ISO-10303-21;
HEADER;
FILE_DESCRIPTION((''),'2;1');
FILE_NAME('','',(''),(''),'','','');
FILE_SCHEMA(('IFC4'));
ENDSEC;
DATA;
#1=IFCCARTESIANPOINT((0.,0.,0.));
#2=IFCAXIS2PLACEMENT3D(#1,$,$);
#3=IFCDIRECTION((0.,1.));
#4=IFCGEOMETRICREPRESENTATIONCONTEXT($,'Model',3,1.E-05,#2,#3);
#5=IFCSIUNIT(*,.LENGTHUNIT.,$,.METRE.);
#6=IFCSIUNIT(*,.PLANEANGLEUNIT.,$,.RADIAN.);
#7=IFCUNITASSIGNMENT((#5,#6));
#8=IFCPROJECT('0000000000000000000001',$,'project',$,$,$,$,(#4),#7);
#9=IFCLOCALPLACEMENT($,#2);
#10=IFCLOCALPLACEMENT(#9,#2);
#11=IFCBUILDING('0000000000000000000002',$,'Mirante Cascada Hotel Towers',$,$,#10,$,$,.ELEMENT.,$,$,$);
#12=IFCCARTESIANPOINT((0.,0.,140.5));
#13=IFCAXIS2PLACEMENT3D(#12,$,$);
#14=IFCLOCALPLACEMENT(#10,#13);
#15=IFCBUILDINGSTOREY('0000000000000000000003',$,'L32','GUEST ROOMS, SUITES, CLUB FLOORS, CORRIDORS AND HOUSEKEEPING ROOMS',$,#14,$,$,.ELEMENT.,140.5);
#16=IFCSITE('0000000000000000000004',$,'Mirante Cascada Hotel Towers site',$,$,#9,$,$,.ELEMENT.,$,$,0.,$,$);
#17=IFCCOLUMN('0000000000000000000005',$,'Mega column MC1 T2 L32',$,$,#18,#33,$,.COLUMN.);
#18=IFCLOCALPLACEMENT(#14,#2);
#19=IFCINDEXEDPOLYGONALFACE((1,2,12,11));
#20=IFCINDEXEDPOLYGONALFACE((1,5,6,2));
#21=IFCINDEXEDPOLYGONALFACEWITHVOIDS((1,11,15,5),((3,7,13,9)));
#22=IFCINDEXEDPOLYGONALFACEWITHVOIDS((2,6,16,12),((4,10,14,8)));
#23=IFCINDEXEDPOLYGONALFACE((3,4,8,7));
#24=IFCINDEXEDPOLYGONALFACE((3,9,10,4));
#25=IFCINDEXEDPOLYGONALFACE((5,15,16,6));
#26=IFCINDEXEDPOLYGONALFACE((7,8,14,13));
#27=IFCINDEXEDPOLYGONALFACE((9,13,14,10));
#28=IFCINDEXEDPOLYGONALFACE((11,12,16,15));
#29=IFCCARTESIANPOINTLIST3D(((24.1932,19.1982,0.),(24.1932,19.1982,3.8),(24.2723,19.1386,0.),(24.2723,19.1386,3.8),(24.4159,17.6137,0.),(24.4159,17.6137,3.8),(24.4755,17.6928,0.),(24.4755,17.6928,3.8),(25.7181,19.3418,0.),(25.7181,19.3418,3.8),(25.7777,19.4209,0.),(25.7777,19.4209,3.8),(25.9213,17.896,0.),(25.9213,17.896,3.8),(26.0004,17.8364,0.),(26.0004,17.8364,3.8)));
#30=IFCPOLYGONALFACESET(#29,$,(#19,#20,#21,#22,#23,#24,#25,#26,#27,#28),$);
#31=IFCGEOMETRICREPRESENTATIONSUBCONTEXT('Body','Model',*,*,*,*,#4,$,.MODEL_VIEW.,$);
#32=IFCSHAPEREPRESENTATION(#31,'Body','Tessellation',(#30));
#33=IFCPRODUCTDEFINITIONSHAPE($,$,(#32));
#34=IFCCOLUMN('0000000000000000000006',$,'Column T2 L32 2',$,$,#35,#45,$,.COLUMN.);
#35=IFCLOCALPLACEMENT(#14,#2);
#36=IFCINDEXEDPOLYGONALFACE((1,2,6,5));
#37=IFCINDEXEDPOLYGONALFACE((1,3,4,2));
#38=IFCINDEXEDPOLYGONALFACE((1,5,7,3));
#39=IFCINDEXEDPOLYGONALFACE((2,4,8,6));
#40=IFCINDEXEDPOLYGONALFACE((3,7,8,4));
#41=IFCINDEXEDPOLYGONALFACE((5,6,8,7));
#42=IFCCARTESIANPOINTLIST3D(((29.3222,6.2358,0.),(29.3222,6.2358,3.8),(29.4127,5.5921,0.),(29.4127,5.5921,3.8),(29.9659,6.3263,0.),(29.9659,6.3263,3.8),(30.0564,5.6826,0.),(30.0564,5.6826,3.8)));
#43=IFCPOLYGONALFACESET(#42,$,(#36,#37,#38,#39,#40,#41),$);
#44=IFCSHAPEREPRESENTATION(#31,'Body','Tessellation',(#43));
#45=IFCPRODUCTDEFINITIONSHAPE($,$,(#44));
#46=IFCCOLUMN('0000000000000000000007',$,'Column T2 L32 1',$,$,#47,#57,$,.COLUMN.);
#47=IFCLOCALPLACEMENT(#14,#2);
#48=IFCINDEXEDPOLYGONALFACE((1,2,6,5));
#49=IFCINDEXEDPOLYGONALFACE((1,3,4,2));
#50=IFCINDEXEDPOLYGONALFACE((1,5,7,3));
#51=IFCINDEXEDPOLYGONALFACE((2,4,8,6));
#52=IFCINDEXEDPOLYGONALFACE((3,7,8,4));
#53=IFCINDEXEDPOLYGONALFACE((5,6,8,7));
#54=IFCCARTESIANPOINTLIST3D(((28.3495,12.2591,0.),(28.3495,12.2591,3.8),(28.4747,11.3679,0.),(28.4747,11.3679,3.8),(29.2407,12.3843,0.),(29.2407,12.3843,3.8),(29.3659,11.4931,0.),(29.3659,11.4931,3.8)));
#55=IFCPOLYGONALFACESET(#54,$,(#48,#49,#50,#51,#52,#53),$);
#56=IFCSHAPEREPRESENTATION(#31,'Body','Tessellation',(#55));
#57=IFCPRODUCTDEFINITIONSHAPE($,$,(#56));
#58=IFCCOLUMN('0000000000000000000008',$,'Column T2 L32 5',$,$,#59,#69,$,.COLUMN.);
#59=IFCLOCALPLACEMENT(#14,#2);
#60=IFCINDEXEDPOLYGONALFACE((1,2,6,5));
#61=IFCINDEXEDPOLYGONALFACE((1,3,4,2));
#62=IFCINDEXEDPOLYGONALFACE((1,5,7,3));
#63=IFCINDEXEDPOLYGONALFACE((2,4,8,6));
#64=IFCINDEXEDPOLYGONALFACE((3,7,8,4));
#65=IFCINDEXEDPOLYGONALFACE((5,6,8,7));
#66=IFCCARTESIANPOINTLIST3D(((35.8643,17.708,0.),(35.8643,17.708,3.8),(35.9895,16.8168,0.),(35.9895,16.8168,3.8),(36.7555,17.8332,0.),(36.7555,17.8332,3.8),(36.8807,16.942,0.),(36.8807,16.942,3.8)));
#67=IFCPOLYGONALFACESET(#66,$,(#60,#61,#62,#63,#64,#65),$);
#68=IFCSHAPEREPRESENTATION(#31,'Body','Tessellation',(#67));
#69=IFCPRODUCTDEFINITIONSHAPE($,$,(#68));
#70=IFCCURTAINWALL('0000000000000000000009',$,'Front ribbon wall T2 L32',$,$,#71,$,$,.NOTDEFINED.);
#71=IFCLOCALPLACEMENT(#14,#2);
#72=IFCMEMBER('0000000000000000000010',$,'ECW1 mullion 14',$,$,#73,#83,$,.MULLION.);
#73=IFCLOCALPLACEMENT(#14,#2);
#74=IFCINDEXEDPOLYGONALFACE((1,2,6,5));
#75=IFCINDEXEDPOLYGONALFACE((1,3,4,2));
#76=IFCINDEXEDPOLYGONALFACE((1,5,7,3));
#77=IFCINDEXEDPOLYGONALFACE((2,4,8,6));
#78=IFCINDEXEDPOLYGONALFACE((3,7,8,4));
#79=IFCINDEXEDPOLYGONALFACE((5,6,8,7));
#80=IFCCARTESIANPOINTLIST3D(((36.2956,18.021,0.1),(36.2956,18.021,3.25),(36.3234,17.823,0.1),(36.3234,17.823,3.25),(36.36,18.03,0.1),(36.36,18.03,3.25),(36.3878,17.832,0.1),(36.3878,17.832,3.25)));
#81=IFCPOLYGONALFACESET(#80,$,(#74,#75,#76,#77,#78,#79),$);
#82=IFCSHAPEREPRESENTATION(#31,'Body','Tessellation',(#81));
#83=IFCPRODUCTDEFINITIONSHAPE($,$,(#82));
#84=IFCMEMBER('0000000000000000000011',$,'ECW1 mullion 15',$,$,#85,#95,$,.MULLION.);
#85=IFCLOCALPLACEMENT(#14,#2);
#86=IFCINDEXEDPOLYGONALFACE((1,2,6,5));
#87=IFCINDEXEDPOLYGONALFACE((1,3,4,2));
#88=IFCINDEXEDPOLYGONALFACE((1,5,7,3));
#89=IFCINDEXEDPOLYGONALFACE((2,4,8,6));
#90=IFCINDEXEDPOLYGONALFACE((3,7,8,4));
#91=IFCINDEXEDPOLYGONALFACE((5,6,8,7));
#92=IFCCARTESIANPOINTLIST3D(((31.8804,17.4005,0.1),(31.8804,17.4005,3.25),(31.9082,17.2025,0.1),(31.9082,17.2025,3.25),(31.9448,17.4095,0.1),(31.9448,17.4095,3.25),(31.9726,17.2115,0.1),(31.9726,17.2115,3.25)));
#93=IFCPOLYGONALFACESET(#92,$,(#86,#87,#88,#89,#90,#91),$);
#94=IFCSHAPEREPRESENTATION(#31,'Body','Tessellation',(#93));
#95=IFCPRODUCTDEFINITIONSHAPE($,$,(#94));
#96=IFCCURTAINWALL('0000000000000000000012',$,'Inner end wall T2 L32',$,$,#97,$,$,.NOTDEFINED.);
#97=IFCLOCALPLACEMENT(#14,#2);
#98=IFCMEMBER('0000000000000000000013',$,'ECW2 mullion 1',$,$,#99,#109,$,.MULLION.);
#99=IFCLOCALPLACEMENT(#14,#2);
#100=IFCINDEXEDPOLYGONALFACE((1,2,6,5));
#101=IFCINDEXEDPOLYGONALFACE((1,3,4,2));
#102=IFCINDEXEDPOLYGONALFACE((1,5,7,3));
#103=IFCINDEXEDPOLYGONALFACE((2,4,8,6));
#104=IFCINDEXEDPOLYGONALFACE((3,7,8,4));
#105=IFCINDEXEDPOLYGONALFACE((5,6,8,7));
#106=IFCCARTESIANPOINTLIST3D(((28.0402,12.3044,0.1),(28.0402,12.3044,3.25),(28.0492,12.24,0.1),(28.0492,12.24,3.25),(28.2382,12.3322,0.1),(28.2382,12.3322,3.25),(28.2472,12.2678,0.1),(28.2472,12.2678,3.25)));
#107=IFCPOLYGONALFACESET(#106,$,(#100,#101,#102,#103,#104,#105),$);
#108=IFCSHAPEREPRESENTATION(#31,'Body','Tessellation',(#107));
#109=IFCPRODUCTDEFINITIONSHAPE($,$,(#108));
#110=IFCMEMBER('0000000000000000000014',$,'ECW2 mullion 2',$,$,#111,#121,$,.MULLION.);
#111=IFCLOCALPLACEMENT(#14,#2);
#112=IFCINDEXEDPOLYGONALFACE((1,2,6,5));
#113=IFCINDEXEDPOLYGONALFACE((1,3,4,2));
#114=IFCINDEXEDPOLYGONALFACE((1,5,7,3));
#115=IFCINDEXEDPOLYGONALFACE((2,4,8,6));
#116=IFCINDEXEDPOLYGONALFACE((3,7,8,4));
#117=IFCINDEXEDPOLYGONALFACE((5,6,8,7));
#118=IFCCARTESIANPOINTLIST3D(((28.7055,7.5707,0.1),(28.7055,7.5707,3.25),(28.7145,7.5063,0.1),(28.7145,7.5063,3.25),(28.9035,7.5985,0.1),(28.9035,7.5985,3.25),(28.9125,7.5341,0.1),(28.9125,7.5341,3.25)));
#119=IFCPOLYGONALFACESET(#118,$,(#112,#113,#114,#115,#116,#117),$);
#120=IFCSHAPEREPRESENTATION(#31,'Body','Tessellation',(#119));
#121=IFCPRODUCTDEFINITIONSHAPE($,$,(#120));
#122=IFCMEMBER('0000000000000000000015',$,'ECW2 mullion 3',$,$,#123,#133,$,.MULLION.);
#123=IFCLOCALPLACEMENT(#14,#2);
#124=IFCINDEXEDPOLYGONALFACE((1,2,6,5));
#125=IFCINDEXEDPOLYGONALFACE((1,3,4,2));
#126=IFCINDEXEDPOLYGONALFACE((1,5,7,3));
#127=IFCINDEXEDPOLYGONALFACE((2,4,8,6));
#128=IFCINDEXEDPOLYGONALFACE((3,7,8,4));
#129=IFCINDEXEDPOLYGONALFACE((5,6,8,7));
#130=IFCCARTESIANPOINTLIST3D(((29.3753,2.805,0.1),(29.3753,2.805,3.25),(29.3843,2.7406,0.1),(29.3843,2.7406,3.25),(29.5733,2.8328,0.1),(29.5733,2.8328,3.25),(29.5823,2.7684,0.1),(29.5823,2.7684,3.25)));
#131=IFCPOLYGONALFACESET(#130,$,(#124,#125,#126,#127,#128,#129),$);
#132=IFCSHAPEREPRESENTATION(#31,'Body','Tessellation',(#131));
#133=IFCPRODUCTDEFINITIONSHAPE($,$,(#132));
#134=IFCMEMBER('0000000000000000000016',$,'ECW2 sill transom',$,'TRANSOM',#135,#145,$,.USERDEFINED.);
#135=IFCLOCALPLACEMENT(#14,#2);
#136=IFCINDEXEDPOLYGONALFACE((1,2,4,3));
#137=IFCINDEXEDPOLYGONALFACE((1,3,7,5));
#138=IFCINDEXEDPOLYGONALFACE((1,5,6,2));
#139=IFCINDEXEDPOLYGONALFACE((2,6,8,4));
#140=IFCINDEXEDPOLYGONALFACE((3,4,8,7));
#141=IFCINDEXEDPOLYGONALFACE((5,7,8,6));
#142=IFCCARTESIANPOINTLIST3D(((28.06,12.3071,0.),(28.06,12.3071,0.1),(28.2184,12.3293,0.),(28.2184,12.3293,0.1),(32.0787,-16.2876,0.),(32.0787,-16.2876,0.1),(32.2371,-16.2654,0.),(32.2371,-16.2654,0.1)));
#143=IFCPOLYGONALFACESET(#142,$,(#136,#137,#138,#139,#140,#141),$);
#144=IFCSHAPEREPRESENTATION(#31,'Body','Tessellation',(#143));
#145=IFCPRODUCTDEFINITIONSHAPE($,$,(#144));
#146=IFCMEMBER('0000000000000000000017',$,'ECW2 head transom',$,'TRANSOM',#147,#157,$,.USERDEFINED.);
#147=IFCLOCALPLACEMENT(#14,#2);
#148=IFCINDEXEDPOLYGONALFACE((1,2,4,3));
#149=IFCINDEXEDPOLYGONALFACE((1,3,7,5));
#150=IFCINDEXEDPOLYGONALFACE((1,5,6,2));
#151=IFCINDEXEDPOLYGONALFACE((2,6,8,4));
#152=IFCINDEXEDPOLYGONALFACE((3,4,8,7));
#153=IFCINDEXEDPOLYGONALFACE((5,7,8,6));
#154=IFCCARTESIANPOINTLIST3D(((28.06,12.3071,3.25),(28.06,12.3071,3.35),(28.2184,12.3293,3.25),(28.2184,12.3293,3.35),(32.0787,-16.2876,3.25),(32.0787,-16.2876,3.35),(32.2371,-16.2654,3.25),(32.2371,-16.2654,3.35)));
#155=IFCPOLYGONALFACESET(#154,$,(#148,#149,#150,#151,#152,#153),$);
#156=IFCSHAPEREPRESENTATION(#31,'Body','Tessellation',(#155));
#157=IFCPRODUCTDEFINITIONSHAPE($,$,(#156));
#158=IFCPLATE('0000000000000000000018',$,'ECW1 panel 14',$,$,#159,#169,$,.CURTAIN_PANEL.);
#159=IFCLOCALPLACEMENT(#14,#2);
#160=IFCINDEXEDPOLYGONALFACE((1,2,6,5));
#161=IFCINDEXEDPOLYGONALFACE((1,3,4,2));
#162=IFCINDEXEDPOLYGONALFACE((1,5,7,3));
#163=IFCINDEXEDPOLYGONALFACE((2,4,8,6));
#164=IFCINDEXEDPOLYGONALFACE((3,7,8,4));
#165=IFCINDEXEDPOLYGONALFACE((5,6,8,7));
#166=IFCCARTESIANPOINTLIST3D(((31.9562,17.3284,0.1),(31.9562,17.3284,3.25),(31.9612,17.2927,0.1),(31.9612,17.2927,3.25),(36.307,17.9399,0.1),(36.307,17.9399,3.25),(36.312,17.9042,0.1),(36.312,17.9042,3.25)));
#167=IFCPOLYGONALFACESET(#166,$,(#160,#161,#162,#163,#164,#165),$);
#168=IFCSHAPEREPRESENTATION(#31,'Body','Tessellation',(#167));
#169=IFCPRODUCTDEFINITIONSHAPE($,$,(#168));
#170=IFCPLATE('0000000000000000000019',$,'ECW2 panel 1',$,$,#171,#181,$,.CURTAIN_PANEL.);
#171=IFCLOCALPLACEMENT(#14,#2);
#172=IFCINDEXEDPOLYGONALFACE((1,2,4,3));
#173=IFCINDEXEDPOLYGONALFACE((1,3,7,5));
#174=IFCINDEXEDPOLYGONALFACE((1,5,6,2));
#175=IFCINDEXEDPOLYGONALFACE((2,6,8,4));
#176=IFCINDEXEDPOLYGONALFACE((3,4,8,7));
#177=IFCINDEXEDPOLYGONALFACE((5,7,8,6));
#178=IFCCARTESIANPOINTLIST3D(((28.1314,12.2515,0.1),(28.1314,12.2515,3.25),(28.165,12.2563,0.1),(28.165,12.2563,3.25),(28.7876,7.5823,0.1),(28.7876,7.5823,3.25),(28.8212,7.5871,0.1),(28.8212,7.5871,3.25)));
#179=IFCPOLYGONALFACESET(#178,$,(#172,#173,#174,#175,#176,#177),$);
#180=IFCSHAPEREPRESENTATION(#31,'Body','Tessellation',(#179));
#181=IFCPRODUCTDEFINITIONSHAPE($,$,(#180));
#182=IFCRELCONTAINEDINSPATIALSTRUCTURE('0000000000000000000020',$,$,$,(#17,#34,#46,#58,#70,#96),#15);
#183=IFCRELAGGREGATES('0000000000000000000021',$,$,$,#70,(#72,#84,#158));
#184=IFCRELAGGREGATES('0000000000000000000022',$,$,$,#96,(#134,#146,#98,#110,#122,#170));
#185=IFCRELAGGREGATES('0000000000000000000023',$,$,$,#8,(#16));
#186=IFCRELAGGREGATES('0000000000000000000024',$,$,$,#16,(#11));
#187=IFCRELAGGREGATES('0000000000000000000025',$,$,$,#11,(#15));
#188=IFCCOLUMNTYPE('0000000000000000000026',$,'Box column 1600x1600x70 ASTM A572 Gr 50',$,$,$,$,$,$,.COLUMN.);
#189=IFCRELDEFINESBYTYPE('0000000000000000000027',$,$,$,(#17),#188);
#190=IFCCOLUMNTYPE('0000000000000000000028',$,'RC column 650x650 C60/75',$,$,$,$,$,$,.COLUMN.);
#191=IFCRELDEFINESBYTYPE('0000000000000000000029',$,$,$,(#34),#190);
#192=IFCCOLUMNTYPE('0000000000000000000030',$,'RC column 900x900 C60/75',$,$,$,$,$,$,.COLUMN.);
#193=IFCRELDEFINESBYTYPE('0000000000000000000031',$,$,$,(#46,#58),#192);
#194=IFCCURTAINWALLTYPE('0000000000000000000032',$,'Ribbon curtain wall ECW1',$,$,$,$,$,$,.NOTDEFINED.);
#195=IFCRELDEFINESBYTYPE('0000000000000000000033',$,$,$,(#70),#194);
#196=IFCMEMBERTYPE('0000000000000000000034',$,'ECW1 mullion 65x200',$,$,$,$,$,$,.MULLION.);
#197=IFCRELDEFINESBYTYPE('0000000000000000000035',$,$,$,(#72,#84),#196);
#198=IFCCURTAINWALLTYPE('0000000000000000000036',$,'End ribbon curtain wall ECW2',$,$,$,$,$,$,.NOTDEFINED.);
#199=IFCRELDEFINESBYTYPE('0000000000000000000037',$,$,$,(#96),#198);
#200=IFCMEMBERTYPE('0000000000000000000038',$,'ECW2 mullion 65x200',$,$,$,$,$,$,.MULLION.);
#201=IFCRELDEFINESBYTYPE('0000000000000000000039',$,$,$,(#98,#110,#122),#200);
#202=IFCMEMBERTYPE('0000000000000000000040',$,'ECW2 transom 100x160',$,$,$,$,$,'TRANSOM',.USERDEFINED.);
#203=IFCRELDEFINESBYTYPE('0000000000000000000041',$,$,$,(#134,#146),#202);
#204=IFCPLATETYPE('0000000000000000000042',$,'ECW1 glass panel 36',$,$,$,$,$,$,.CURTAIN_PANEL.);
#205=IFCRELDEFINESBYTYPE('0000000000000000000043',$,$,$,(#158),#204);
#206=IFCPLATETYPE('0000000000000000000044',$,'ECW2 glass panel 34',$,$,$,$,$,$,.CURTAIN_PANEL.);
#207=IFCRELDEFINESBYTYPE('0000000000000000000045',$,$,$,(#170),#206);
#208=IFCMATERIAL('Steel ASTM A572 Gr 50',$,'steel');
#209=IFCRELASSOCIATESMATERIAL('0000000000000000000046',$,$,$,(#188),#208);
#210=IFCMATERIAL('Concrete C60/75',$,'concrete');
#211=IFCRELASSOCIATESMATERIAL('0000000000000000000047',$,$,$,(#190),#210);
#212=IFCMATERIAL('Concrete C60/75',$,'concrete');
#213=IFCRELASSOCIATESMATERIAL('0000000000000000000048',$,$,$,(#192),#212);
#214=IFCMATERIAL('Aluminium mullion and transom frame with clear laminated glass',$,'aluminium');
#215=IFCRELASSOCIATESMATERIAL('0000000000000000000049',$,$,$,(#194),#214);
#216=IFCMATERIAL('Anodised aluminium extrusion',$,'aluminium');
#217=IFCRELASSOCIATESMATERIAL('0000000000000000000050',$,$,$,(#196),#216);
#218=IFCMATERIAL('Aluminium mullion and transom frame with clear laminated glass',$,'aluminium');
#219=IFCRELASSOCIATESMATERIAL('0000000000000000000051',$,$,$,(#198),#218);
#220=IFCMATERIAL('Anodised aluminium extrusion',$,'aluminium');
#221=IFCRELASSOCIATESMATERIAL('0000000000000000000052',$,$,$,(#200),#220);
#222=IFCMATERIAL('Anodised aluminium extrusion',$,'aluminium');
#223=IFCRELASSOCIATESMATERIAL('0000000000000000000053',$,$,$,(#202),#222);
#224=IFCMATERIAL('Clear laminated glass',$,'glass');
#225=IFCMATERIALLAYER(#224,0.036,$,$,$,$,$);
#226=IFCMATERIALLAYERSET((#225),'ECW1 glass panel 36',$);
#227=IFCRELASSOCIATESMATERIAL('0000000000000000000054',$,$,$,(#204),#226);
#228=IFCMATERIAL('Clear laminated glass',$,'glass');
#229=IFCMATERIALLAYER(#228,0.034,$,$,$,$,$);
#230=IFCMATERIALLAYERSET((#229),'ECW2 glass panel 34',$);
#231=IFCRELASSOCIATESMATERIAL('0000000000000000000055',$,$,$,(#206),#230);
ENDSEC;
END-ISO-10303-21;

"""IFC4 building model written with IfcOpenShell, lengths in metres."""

from ifc_helpers import new_model, si_unit, direction, frame, origin, origin_2d, place, context, subcontext, project, spatial, rectangle, hollow_rectangle, extrude, material, layer, layer_set, material_profile, profile_set, type_object, element, aggregate, save


model = new_model("IFC4")

# Units and contexts
model_context = context("Model", 3, precision=1e-05, world=origin(), true_north=direction((0.0, 1.0)))
body_context = subcontext(model_context, "Body", "Model", "MODEL_VIEW")
ifc_project = project(units=[si_unit("LENGTHUNIT", "METRE"), si_unit("PLANEANGLEUNIT", "RADIAN")], contexts=[model_context])

# Site, building, storey
site_placement = place(None, origin())
site = spatial("IfcSite", under=ifc_project, at=site_placement, Name="Mirante Cascada Hotel Towers site", CompositionType="ELEMENT", RefElevation=0.0)
building_placement = place(site_placement, origin())
building = spatial("IfcBuilding", under=site, at=building_placement, Name="Mirante Cascada Hotel Towers", CompositionType="ELEMENT")
storey_placement = place(building_placement, frame((0.0, 0.0, 140.5)))
storey = spatial("IfcBuildingStorey", under=building, at=storey_placement, Name="L32", Description="GUEST ROOMS, SUITES, CLUB FLOORS, CORRIDORS AND HOUSEKEEPING ROOMS", CompositionType="ELEMENT", Elevation=140.5)

# Columns
ifc_material_1 = material(Name="Steel ASTM A572 Gr 50", Category="steel")
ifc_material_profile_1 = material_profile(ifc_material_1, hollow_rectangle(XDim=1.6, YDim=1.6, WallThickness=0.07, at=origin_2d()), Name="Box column 1600x1600x70 ASTM A572 Gr 50")
ifc_profile_set_1 = profile_set([ifc_material_profile_1], Name="Steel ASTM A572 Gr 50")
column_type_1 = type_object("IfcColumnType", Name="Box column 1600x1600x70 ASTM A572 Gr 50", PredefinedType="COLUMN", material=ifc_profile_set_1)
column_1_placement = place(storey_placement, frame((25.0968, 18.5173, 0.0), z_axis=(0.0, 0.0, 1.0), x_axis=(0.990268, 0.139173, 0.0)))
element("IfcColumn", 1, at=column_1_placement, inside=storey, type_object=column_type_1, Name="Mega column MC1 T2 L32", PredefinedType="COLUMN", context=body_context, shape_type="SweptSolid", body=[
    extrude(hollow_rectangle(XDim=1.6, YDim=1.6, WallThickness=0.07, at=origin_2d()), origin(), (0.0, 0.0, 1.0), 3.8),
])
ifc_material_2 = material(Name="Concrete C60/75", Category="concrete")
ifc_material_profile_2 = material_profile(ifc_material_2, rectangle(XDim=0.65, YDim=0.65, at=origin_2d()), Name="RC column 650x650 C60/75")
ifc_profile_set_2 = profile_set([ifc_material_profile_2], Name="Concrete C60/75")
column_type_2 = type_object("IfcColumnType", Name="RC column 650x650 C60/75", PredefinedType="COLUMN", material=ifc_profile_set_2)
column_2_placement = place(storey_placement, frame((29.6893, 5.9592, 0.0), z_axis=(0.0, 0.0, 1.0), x_axis=(0.990268, 0.139173, 0.0)))
element("IfcColumn", 2, at=column_2_placement, inside=storey, type_object=column_type_2, Name="Column T2 L32 2", PredefinedType="COLUMN", context=body_context, shape_type="SweptSolid", body=[
    extrude(rectangle(XDim=0.65, YDim=0.65, at=origin_2d()), origin(), (0.0, 0.0, 1.0), 3.8),
])
ifc_material_3 = material(Name="Concrete C60/75", Category="concrete")
ifc_material_profile_3 = material_profile(ifc_material_3, rectangle(XDim=0.9, YDim=0.9, at=origin_2d()), Name="RC column 900x900 C60/75")
ifc_profile_set_3 = profile_set([ifc_material_profile_3], Name="Concrete C60/75")
column_type_3 = type_object("IfcColumnType", Name="RC column 900x900 C60/75", PredefinedType="COLUMN", material=ifc_profile_set_3)
for number, where, z_axis, x_axis, name in (
    (3, (28.8577, 11.8761, 0.0), (0.0, 0.0, 1.0), (0.990268, 0.139173, 0.0), "Column T2 L32 1"),
    (4, (36.3725, 17.325, 0.0), (0.0, 0.0, 1.0), (0.990268, 0.139173, 0.0), "Column T2 L32 5"),
):
    element("IfcColumn", number, at=place(storey_placement, frame(where, z_axis=z_axis, x_axis=x_axis)), inside=storey, type_object=column_type_3, Name=name, PredefinedType="COLUMN", context=body_context, shape_type="SweptSolid", body=[
        extrude(rectangle(XDim=0.9, YDim=0.9, at=origin_2d()), origin(), (0.0, 0.0, 1.0), 3.8),
    ])

# Curtain walls, members
ifc_material_4 = material(Name="Aluminium mullion and transom frame with clear laminated glass", Category="aluminium")
curtain_wall_type_1 = type_object("IfcCurtainWallType", Name="Ribbon curtain wall ECW1", PredefinedType="NOTDEFINED", material=ifc_material_4)
curtain_wall_1_placement = place(storey_placement, origin())
curtain_wall_1 = element("IfcCurtainWall", 5, at=curtain_wall_1_placement, inside=storey, type_object=curtain_wall_type_1, Name="Front ribbon wall T2 L32", PredefinedType="NOTDEFINED")
ifc_material_5 = material(Name="Anodised aluminium extrusion", Category="aluminium")
ifc_material_profile_4 = material_profile(ifc_material_5, rectangle(XDim=0.2, YDim=0.065, at=origin_2d()), Name="ECW1 MULLION 65x200")
ifc_profile_set_4 = profile_set([ifc_material_profile_4], Name="Anodised aluminium extrusion")
member_type_1 = type_object("IfcMemberType", Name="ECW1 mullion 65x200", PredefinedType="MULLION", material=ifc_profile_set_4)
member_1_placement = place(storey_placement, frame((36.3417, 17.9265, 0.1), z_axis=(0.0, 0.0, 1.0), x_axis=(0.139173, -0.990268, 0.0)))
member_1 = element("IfcMember", 6, at=member_1_placement, type_object=member_type_1, Name="ECW1 mullion 14", PredefinedType="MULLION", context=body_context, shape_type="SweptSolid", body=[
    extrude(rectangle(XDim=0.2, YDim=0.065, at=origin_2d()), origin(), (0.0, 0.0, 1.0), 3.15),
])
member_2_placement = place(storey_placement, frame((31.9265, 17.306, 0.1), z_axis=(0.0, 0.0, 1.0), x_axis=(0.139173, -0.990268, 0.0)))
member_2 = element("IfcMember", 7, at=member_2_placement, type_object=member_type_1, Name="ECW1 mullion 15", PredefinedType="MULLION", context=body_context, shape_type="SweptSolid", body=[
    extrude(rectangle(XDim=0.2, YDim=0.065, at=origin_2d()), origin(), (0.0, 0.0, 1.0), 3.15),
])
ifc_material_6 = material(Name="Aluminium mullion and transom frame with clear laminated glass", Category="aluminium")
curtain_wall_type_2 = type_object("IfcCurtainWallType", Name="End ribbon curtain wall ECW2", PredefinedType="NOTDEFINED", material=ifc_material_6)
curtain_wall_2_placement = place(storey_placement, origin())
curtain_wall_2 = element("IfcCurtainWall", 8, at=curtain_wall_2_placement, inside=storey, type_object=curtain_wall_type_2, Name="Inner end wall T2 L32", PredefinedType="NOTDEFINED")
ifc_material_7 = material(Name="Anodised aluminium extrusion", Category="aluminium")
ifc_material_profile_5 = material_profile(ifc_material_7, rectangle(XDim=0.2, YDim=0.065, at=origin_2d()), Name="ECW2 MULLION 65x200")
ifc_profile_set_5 = profile_set([ifc_material_profile_5], Name="Anodised aluminium extrusion")
member_type_2 = type_object("IfcMemberType", Name="ECW2 mullion 65x200", PredefinedType="MULLION", material=ifc_profile_set_5)
member_3_placement = place(storey_placement, frame((28.1437, 12.2861, 0.1), z_axis=(0.0, 0.0, 1.0), x_axis=(0.990268, 0.139173, 0.0)))
member_3 = element("IfcMember", 9, at=member_3_placement, type_object=member_type_2, Name="ECW2 mullion 1", PredefinedType="MULLION", context=body_context, shape_type="SweptSolid", body=[
    extrude(rectangle(XDim=0.2, YDim=0.065, at=origin_2d()), origin(), (0.0, 0.0, 1.0), 3.15),
])
member_4_placement = place(storey_placement, frame((28.809, 7.5524, 0.1), z_axis=(0.0, 0.0, 1.0), x_axis=(0.990268, 0.139173, 0.0)))
member_4 = element("IfcMember", 10, at=member_4_placement, type_object=member_type_2, Name="ECW2 mullion 2", PredefinedType="MULLION", context=body_context, shape_type="SweptSolid", body=[
    extrude(rectangle(XDim=0.2, YDim=0.065, at=origin_2d()), origin(), (0.0, 0.0, 1.0), 3.15),
])
member_5_placement = place(storey_placement, frame((29.4788, 2.7867, 0.1), z_axis=(0.0, 0.0, 1.0), x_axis=(0.990268, 0.139173, 0.0)))
member_5 = element("IfcMember", 11, at=member_5_placement, type_object=member_type_2, Name="ECW2 mullion 3", PredefinedType="MULLION", context=body_context, shape_type="SweptSolid", body=[
    extrude(rectangle(XDim=0.2, YDim=0.065, at=origin_2d()), origin(), (0.0, 0.0, 1.0), 3.15),
])
ifc_material_8 = material(Name="Anodised aluminium extrusion", Category="aluminium")
ifc_material_profile_6 = material_profile(ifc_material_8, rectangle(XDim=0.16, YDim=0.1, at=origin_2d()), Name="ECW2 TRANSOM 100x160")
ifc_profile_set_6 = profile_set([ifc_material_profile_6], Name="Anodised aluminium extrusion")
member_type_3 = type_object("IfcMemberType", Name="ECW2 transom 100x160", ElementType="TRANSOM", PredefinedType="USERDEFINED", material=ifc_profile_set_6)
member_6_placement = place(storey_placement, frame((28.1392, 12.3182, 0.05), z_axis=(0.139172, -0.990268, 0.0), x_axis=(0.990268, 0.139172, 0.0)))
member_6 = element("IfcMember", 12, at=member_6_placement, type_object=member_type_3, Name="ECW2 sill transom", ObjectType="TRANSOM", PredefinedType="USERDEFINED", context=body_context, shape_type="SweptSolid", body=[
    extrude(rectangle(XDim=0.16, YDim=0.1, at=origin_2d()), origin(), (0.0, 0.0, 1.0), 28.8757),
])
member_7_placement = place(storey_placement, frame((28.1392, 12.3182, 3.3), z_axis=(0.139172, -0.990268, 0.0), x_axis=(0.990268, 0.139172, 0.0)))
member_7 = element("IfcMember", 13, at=member_7_placement, type_object=member_type_3, Name="ECW2 head transom", ObjectType="TRANSOM", PredefinedType="USERDEFINED", context=body_context, shape_type="SweptSolid", body=[
    extrude(rectangle(XDim=0.16, YDim=0.1, at=origin_2d()), origin(), (0.0, 0.0, 1.0), 28.8757),
])

# Plates
ifc_material_9 = material(Name="Clear laminated glass", Category="glass")
ifc_layer_1 = layer(ifc_material_9, 0.036)
ifc_layer_set_1 = layer_set([ifc_layer_1], Name="ECW1 glass panel 36")
plate_type_1 = type_object("IfcPlateType", Name="ECW1 glass panel 36", PredefinedType="CURTAIN_PANEL", material=ifc_layer_set_1)
plate_1_placement = place(storey_placement, frame((34.1341, 17.6163, 0.1), z_axis=(0.0, 0.0, 1.0), x_axis=(-0.990268, -0.139173, 0.0)))
plate_1 = element("IfcPlate", 14, at=plate_1_placement, type_object=plate_type_1, Name="ECW1 panel 14", PredefinedType="CURTAIN_PANEL", context=body_context, shape_type="SweptSolid", body=[
    extrude(rectangle(XDim=4.3936, YDim=0.036, at=origin_2d()), origin(), (0.0, 0.0, 1.0), 3.15),
])
aggregate(curtain_wall_1, [member_1, member_2, plate_1])
ifc_material_10 = material(Name="Clear laminated glass", Category="glass")
ifc_layer_2 = layer(ifc_material_10, 0.034)
ifc_layer_set_2 = layer_set([ifc_layer_2], Name="ECW2 glass panel 34")
plate_type_2 = type_object("IfcPlateType", Name="ECW2 glass panel 34", PredefinedType="CURTAIN_PANEL", material=ifc_layer_set_2)
plate_2_placement = place(storey_placement, frame((28.4763, 9.9193, 0.1), z_axis=(0.0, 0.0, 1.0), x_axis=(0.139173, -0.990268, 0.0)))
plate_2 = element("IfcPlate", 15, at=plate_2_placement, type_object=plate_type_2, Name="ECW2 panel 1", PredefinedType="CURTAIN_PANEL", context=body_context, shape_type="SweptSolid", body=[
    extrude(rectangle(XDim=4.7151, YDim=0.034, at=origin_2d()), origin(), (0.0, 0.0, 1.0), 3.15),
])
aggregate(curtain_wall_2, [member_6, member_7, member_3, member_4, member_5, plate_2])

save(model, "model.ifc")
